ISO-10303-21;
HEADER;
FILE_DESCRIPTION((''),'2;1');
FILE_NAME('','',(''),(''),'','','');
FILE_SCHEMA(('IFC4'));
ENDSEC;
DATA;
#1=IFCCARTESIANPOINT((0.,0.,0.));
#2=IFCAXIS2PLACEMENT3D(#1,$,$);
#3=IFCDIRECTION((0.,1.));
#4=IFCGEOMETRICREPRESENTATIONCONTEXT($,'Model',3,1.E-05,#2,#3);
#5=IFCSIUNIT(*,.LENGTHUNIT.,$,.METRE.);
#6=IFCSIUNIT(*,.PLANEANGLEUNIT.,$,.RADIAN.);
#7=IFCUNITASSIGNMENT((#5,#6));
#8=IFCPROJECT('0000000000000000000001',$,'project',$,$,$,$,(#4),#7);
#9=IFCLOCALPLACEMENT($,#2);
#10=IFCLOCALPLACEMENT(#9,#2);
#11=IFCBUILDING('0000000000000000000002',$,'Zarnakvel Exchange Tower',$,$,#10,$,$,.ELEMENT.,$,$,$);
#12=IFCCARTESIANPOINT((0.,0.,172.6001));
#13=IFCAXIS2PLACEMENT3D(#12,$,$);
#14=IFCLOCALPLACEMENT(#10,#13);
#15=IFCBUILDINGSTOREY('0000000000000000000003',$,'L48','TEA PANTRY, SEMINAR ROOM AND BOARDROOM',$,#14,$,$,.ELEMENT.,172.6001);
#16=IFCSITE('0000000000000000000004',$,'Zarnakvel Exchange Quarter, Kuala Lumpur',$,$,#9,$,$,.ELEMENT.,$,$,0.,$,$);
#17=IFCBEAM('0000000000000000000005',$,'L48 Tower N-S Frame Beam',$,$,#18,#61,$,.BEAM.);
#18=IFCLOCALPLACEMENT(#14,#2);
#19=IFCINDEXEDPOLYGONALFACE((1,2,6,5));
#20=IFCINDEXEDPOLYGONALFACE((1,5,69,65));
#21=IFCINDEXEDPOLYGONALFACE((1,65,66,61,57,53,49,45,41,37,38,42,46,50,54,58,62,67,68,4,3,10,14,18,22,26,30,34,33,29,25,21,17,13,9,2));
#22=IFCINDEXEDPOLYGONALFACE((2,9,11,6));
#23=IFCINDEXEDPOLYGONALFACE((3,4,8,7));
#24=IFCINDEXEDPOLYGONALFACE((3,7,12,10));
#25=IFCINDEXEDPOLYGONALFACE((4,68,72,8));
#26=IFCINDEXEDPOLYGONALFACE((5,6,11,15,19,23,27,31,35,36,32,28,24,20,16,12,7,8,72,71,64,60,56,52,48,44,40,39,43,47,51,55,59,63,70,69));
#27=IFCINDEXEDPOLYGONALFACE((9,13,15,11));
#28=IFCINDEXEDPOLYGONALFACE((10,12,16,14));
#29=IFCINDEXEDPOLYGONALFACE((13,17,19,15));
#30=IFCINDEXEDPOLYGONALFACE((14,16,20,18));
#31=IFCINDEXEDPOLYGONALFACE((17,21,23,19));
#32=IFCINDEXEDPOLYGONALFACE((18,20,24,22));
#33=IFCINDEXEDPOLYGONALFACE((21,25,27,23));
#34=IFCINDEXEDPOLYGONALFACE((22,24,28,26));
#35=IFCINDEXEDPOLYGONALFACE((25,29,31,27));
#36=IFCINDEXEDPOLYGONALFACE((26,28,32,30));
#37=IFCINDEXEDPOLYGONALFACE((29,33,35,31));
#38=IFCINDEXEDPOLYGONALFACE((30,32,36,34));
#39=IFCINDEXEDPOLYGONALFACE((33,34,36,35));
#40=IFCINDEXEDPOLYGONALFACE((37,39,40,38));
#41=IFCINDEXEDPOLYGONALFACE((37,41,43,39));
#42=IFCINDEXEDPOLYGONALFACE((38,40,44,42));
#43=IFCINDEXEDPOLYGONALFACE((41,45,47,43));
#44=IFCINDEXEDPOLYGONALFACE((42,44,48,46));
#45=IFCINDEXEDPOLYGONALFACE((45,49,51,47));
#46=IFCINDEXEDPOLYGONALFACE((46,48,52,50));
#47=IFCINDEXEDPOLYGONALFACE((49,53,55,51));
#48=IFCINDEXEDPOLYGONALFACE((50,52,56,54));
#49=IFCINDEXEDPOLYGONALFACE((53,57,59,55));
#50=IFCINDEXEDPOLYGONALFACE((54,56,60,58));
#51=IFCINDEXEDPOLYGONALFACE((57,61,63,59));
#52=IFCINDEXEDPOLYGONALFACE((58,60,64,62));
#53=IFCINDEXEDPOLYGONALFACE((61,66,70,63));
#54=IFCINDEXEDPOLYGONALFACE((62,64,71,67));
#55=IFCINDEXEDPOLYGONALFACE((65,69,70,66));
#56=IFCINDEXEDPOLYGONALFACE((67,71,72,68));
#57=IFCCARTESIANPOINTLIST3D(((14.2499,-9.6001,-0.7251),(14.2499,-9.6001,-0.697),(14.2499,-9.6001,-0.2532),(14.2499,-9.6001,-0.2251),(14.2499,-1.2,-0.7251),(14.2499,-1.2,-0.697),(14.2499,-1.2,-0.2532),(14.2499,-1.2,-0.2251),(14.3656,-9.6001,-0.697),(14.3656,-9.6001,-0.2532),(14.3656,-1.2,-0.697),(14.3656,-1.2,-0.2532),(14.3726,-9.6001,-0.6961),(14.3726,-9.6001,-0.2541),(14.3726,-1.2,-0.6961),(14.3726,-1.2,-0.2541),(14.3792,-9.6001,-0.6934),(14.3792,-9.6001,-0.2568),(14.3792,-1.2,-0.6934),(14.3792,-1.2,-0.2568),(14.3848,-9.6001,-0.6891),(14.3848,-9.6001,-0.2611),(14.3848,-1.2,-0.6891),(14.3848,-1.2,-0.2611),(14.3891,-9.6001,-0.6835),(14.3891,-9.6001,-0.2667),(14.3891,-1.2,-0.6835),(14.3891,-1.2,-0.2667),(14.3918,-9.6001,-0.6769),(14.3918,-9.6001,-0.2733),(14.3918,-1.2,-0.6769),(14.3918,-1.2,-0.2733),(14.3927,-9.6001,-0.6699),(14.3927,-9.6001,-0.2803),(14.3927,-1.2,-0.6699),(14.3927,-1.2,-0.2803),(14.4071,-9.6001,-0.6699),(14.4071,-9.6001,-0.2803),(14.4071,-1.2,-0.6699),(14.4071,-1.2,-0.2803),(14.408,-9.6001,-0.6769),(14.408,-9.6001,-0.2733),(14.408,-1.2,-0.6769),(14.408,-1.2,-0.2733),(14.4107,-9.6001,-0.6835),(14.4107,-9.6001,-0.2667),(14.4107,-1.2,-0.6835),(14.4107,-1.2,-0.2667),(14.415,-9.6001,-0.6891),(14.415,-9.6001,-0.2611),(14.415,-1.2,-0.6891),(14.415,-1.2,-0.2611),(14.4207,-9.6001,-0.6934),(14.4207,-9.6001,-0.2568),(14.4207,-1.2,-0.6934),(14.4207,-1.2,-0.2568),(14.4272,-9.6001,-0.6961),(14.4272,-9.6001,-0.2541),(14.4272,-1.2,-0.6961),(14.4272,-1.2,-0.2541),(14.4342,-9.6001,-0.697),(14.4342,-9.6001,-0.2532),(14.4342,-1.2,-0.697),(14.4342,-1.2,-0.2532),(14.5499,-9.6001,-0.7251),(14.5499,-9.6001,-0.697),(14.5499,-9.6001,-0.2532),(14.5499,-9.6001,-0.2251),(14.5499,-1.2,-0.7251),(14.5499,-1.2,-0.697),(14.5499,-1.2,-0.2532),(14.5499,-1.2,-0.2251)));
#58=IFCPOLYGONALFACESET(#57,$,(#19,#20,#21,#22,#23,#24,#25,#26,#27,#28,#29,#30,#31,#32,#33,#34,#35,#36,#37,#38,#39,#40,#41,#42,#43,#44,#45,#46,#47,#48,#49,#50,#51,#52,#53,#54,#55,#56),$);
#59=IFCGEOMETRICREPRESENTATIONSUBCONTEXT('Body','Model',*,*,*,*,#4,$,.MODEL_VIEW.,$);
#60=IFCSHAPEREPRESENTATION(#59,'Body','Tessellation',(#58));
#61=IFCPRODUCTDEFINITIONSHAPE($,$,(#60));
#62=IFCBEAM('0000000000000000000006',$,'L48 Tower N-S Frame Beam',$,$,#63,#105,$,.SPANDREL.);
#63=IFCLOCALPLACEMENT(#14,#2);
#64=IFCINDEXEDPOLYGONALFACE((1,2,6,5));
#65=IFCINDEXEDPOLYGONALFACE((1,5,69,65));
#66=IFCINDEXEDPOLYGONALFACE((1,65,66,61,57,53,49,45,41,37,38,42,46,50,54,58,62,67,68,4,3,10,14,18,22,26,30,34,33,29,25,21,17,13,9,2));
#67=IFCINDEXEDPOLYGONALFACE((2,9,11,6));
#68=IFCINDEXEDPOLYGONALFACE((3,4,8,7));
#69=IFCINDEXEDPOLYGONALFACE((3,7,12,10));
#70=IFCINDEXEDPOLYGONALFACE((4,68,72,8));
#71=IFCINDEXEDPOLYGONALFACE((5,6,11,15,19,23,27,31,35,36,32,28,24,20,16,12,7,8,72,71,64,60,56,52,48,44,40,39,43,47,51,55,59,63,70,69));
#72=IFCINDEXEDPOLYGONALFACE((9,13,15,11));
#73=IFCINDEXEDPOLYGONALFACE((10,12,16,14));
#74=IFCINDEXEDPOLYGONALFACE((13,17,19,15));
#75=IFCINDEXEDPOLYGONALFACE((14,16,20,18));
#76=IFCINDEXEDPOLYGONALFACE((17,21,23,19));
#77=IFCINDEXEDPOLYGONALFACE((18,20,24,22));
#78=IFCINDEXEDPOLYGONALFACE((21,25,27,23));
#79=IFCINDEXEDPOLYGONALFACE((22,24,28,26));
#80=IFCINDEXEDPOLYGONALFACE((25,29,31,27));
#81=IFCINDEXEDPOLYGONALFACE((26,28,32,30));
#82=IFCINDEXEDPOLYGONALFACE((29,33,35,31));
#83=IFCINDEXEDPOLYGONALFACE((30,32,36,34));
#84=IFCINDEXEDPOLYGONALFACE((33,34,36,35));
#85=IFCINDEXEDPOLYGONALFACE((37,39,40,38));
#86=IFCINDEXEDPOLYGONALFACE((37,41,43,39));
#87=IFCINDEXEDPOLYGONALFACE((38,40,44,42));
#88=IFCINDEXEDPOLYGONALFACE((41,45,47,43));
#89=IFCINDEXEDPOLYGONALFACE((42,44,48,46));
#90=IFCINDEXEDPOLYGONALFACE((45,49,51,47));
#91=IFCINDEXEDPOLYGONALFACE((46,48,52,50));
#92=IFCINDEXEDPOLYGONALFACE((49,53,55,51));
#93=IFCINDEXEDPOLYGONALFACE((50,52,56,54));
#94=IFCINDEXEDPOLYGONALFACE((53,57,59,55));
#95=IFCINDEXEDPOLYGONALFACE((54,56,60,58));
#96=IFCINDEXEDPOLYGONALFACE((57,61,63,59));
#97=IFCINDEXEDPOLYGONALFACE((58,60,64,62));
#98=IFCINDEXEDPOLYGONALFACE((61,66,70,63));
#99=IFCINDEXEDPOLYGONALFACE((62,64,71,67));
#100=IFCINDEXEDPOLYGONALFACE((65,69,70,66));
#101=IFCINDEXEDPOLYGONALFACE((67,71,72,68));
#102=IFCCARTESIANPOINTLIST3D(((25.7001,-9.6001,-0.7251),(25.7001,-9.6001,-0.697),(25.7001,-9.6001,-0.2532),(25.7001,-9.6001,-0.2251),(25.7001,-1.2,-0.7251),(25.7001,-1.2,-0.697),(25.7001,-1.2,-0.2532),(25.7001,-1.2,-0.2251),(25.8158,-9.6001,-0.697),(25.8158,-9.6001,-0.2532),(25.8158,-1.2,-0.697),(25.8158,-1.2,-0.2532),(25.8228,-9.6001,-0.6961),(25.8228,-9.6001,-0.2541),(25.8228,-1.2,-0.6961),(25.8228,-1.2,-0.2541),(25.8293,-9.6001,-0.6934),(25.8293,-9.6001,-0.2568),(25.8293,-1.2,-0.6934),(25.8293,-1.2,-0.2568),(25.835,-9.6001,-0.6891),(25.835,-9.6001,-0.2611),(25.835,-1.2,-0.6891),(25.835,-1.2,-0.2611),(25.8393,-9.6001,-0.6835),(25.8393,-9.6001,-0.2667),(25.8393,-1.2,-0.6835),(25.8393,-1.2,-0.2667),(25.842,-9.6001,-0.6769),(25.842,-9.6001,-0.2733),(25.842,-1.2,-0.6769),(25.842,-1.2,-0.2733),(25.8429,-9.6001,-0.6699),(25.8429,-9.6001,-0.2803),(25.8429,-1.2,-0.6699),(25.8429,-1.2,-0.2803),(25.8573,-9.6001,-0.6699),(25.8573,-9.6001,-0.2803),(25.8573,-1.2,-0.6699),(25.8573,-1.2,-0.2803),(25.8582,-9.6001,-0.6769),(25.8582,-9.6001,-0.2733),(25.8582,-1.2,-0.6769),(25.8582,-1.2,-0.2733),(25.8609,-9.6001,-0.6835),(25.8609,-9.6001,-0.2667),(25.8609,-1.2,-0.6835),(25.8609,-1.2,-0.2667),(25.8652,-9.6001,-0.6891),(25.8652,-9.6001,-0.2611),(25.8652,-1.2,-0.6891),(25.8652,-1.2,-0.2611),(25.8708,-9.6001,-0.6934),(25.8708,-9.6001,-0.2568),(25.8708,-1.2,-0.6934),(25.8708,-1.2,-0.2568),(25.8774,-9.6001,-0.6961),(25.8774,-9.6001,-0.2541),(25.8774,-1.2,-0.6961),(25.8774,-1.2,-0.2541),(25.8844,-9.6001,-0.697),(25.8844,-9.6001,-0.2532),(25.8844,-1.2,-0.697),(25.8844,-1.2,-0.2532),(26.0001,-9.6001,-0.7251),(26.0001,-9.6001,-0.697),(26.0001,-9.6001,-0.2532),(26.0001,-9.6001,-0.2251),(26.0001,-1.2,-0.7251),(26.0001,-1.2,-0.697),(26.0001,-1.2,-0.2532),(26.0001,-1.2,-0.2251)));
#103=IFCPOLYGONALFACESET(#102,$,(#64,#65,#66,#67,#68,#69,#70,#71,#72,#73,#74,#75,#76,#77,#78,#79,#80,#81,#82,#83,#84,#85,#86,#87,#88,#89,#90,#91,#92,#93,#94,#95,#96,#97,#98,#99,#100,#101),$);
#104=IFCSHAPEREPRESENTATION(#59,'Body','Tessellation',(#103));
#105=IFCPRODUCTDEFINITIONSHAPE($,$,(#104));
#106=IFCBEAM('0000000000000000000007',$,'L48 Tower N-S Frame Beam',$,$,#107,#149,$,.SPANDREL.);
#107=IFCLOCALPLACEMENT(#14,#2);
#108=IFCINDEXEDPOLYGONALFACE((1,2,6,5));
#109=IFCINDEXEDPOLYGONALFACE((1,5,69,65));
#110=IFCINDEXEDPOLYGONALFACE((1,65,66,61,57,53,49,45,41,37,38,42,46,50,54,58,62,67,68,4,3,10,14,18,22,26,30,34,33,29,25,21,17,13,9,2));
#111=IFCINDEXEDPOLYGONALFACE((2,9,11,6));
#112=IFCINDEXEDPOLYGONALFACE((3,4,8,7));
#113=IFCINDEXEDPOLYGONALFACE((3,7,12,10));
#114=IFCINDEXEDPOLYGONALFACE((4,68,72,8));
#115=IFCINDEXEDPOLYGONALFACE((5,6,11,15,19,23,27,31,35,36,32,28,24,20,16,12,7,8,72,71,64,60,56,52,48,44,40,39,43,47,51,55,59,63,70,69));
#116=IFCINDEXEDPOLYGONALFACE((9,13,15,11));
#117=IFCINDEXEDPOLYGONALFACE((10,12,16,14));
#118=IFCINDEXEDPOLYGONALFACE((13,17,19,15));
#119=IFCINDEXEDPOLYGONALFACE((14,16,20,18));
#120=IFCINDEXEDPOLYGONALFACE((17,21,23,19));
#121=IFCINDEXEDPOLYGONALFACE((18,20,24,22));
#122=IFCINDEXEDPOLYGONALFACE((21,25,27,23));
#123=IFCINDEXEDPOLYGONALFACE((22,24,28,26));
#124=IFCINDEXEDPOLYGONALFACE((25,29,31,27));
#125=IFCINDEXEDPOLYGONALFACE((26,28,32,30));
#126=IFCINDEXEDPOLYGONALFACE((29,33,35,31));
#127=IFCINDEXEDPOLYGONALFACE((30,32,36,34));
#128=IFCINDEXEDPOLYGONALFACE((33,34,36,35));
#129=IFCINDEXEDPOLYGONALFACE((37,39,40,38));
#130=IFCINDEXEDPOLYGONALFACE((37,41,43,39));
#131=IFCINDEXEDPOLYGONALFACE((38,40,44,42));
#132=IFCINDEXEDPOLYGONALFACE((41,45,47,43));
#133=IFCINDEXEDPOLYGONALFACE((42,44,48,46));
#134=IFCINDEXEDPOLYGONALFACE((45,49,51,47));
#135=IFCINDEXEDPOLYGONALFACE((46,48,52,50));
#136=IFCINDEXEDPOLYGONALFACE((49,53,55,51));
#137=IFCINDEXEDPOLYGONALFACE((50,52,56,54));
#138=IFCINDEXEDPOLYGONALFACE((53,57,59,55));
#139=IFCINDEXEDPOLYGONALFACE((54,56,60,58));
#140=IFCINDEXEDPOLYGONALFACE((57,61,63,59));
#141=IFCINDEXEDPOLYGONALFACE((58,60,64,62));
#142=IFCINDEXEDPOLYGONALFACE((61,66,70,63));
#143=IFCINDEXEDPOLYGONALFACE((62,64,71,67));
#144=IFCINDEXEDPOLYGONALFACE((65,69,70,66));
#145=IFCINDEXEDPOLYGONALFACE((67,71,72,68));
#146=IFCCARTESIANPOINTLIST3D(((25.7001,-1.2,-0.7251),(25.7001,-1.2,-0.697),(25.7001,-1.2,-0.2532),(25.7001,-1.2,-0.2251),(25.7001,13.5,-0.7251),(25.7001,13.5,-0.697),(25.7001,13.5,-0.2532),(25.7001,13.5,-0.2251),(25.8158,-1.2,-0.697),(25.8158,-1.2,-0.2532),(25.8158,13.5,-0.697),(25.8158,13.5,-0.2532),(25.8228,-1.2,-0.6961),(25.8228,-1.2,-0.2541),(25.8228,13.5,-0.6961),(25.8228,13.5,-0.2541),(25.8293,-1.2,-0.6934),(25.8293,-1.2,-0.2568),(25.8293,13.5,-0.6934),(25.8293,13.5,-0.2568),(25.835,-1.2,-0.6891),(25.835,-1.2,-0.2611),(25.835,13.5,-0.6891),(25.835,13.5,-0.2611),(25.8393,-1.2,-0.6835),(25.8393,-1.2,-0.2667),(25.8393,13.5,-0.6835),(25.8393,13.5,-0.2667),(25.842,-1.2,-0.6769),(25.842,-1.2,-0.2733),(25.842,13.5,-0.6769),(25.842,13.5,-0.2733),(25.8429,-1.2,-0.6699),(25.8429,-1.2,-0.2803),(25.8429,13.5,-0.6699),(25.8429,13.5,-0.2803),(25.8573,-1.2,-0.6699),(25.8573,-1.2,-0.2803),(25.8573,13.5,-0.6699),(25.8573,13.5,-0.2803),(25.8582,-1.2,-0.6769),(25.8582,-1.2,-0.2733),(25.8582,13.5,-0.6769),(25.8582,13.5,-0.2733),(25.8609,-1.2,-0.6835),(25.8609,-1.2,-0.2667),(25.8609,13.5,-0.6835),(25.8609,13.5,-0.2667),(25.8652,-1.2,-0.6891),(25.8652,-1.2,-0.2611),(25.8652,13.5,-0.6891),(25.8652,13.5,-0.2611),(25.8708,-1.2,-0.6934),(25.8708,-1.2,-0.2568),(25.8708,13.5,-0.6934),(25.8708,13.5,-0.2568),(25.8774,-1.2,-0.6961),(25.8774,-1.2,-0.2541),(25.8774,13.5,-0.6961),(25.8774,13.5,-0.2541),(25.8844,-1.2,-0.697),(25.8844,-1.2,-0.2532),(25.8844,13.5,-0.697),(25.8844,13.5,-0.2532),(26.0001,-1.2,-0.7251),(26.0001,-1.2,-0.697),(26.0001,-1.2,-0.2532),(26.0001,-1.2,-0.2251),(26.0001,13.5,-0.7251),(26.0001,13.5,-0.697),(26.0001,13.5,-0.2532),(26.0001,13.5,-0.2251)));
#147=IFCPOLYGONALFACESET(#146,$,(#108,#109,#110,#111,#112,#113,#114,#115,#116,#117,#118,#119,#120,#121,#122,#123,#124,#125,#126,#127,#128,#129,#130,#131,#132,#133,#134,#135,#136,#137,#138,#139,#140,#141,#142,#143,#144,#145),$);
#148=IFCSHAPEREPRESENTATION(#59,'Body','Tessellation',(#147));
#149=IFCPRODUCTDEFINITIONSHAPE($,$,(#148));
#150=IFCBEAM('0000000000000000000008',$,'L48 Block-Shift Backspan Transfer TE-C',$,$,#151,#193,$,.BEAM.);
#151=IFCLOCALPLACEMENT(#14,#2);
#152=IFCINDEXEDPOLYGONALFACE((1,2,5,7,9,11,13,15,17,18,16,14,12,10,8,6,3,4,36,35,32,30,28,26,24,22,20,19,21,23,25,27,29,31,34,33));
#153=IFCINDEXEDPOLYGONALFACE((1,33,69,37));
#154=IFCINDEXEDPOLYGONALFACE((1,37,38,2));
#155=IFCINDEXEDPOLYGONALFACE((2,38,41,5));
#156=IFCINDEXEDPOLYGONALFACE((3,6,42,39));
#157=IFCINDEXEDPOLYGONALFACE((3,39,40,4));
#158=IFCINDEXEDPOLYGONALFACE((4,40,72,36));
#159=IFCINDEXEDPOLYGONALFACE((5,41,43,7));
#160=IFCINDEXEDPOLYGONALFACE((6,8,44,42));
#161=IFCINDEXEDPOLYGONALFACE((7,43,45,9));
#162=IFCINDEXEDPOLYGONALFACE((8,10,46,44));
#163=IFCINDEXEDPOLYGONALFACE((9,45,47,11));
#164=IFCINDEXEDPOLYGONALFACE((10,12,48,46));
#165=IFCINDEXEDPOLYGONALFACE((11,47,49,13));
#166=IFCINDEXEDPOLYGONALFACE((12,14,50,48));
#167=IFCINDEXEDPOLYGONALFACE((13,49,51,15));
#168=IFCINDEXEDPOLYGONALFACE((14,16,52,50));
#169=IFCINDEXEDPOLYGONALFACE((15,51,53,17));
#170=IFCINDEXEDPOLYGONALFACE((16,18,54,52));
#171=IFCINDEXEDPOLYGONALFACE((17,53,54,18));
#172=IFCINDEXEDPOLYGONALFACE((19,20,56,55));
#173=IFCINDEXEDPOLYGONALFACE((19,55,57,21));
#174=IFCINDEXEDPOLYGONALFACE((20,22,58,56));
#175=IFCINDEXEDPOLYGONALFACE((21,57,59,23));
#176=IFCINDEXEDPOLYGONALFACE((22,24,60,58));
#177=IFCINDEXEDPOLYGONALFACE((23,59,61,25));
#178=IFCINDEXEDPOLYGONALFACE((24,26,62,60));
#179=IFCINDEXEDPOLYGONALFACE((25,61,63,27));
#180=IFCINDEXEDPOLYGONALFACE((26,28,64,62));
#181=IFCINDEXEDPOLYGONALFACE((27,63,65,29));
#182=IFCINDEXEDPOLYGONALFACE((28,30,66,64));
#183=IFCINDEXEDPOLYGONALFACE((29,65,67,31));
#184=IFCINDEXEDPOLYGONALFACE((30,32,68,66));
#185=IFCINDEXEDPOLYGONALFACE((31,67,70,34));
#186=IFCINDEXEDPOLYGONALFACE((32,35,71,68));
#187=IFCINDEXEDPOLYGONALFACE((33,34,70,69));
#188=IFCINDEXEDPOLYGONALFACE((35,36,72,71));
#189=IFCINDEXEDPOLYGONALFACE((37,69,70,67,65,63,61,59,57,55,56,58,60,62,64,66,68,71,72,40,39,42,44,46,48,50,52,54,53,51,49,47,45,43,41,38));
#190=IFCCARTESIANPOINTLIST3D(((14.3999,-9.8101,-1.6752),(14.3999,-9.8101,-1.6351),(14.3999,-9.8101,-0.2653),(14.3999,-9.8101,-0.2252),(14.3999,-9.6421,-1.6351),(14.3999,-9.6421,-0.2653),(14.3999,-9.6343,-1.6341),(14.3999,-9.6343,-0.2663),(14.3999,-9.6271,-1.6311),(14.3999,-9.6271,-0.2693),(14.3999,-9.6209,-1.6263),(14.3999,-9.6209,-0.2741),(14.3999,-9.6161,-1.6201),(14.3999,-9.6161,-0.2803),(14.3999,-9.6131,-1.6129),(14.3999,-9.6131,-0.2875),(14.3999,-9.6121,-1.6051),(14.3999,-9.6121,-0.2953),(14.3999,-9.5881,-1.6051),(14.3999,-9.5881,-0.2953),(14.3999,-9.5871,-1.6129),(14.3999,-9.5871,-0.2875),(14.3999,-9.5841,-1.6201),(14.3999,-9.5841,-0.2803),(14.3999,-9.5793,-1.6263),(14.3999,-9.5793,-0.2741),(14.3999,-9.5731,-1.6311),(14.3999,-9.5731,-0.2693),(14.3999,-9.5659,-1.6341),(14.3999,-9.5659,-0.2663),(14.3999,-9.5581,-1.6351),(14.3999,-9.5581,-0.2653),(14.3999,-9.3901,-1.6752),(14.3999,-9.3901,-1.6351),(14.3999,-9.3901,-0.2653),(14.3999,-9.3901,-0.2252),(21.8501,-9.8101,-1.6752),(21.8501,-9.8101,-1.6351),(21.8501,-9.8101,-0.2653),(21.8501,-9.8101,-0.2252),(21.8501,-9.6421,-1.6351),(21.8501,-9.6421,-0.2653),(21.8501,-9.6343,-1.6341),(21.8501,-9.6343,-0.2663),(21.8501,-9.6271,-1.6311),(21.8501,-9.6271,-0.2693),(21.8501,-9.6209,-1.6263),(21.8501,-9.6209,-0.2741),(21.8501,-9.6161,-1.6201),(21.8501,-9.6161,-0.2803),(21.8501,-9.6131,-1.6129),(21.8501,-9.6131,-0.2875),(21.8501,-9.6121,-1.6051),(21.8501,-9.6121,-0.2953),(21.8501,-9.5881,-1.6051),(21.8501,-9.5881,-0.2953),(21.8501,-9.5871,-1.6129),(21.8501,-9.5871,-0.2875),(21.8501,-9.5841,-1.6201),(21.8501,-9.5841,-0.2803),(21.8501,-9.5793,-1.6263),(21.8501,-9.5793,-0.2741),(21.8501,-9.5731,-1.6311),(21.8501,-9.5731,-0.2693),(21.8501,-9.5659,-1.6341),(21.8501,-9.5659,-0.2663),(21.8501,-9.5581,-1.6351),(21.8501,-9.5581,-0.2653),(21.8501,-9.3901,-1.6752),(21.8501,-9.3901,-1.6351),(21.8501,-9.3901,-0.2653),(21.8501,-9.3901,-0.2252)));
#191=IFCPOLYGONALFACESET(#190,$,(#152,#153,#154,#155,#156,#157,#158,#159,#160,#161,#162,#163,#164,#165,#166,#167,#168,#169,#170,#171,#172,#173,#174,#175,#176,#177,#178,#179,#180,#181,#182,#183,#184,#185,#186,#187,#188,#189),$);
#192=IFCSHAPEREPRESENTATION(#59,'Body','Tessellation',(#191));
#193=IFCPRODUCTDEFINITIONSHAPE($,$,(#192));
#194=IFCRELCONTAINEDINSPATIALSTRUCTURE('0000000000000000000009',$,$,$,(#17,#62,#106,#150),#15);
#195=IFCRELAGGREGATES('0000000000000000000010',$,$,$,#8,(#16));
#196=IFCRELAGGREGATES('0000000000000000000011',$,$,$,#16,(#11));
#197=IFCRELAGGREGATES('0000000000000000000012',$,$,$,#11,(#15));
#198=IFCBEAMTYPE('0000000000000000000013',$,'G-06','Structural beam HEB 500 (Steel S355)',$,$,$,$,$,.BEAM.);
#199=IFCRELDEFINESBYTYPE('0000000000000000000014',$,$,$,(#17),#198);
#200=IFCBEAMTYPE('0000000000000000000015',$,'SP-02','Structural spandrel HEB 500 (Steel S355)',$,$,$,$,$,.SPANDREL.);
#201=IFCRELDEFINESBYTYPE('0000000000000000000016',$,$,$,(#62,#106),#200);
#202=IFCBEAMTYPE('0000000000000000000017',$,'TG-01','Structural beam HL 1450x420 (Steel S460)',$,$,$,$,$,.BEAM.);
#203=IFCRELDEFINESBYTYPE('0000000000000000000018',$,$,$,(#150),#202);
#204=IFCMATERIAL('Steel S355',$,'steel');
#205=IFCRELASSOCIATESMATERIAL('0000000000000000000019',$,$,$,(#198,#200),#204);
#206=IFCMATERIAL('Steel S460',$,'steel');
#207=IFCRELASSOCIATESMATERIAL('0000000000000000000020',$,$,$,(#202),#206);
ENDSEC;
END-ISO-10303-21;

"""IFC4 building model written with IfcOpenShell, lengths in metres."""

from ifc_helpers import new_model, si_unit, direction, frame, origin, origin_2d, place, context, subcontext, project, spatial, i_section, extrude, material, material_profile, profile_set, type_object, element, save


model = new_model("IFC4")

# Units and contexts
model_context = context("Model", 3, precision=1e-05, world=origin(), true_north=direction((0.0, 1.0)))
body_context = subcontext(model_context, "Body", "Model", "MODEL_VIEW")
ifc_project = project(units=[si_unit("LENGTHUNIT", "METRE"), si_unit("PLANEANGLEUNIT", "RADIAN")], contexts=[model_context])

# Site, building, storey
site_placement = place(None, origin())
site = spatial("IfcSite", under=ifc_project, at=site_placement, Name="Zarnakvel Exchange Quarter, Kuala Lumpur", CompositionType="ELEMENT", RefElevation=0.0)
building_placement = place(site_placement, origin())
building = spatial("IfcBuilding", under=site, at=building_placement, Name="Zarnakvel Exchange Tower", CompositionType="ELEMENT")
storey_placement = place(building_placement, frame((0.0, 0.0, 172.6001)))
storey = spatial("IfcBuildingStorey", under=building, at=storey_placement, Name="L48", Description="TEA PANTRY, SEMINAR ROOM AND BOARDROOM", CompositionType="ELEMENT", Elevation=172.6001)

# Shared definitions
ifc_material_1 = material(Name="Steel S355", Category="steel")

# Beams
ifc_material_profile_1 = material_profile(ifc_material_1, i_section(OverallWidth=0.3, OverallDepth=0.5, WebThickness=0.0144, FlangeThickness=0.0281, FilletRadius=0.0271, at=origin_2d()))
ifc_profile_set_1 = profile_set([ifc_material_profile_1], Name="Steel S355")
beam_type_1 = type_object("IfcBeamType", Name="G-06", Description="Structural beam HEB 500 (Steel S355)", PredefinedType="BEAM", material=ifc_profile_set_1)
beam_1_placement = place(storey_placement, frame((14.3999, -9.6001, -0.4751), z_axis=(0.0, 1.0, 0.0), x_axis=(-1.0, 0.0, 0.0)))
element("IfcBeam", 1, at=beam_1_placement, inside=storey, type_object=beam_type_1, Name="L48 Tower N-S Frame Beam", PredefinedType="BEAM", context=body_context, shape_type="SweptSolid", body=[
    extrude(i_section(OverallWidth=0.3, OverallDepth=0.5, WebThickness=0.0144, FlangeThickness=0.0281, FilletRadius=0.0271, at=origin_2d()), origin(), (0.0, 0.0, 1.0), 8.4001),
])
ifc_material_profile_2 = material_profile(ifc_material_1, i_section(OverallWidth=0.3, OverallDepth=0.5, WebThickness=0.0144, FlangeThickness=0.0281, FilletRadius=0.0271, at=origin_2d()))
ifc_profile_set_2 = profile_set([ifc_material_profile_2], Name="Steel S355")
beam_type_2 = type_object("IfcBeamType", Name="SP-02", Description="Structural spandrel HEB 500 (Steel S355)", PredefinedType="SPANDREL", material=ifc_profile_set_2)
beam_2_placement = place(storey_placement, frame((25.8501, -9.6001, -0.4751), z_axis=(0.0, 1.0, 0.0), x_axis=(-1.0, 0.0, 0.0)))
element("IfcBeam", 2, at=beam_2_placement, inside=storey, type_object=beam_type_2, Name="L48 Tower N-S Frame Beam", PredefinedType="SPANDREL", context=body_context, shape_type="SweptSolid", body=[
    extrude(i_section(OverallWidth=0.3, OverallDepth=0.5, WebThickness=0.0144, FlangeThickness=0.0281, FilletRadius=0.0271, at=origin_2d()), origin(), (0.0, 0.0, 1.0), 8.4001),
])
beam_3_placement = place(storey_placement, frame((25.8501, -1.2, -0.4751), z_axis=(0.0, 1.0, 0.0), x_axis=(-1.0, 0.0, 0.0)))
element("IfcBeam", 3, at=beam_3_placement, inside=storey, type_object=beam_type_2, Name="L48 Tower N-S Frame Beam", PredefinedType="SPANDREL", context=body_context, shape_type="SweptSolid", body=[
    extrude(i_section(OverallWidth=0.3, OverallDepth=0.5, WebThickness=0.0144, FlangeThickness=0.0281, FilletRadius=0.0271, at=origin_2d()), origin(), (0.0, 0.0, 1.0), 14.7),
])
ifc_material_2 = material(Name="Steel S460", Category="steel")
ifc_material_profile_3 = material_profile(ifc_material_2, i_section(OverallWidth=0.4199, OverallDepth=1.45, WebThickness=0.0239, FlangeThickness=0.04, FilletRadius=0.03, at=origin_2d()))
ifc_profile_set_3 = profile_set([ifc_material_profile_3], Name="Steel S460")
beam_type_3 = type_object("IfcBeamType", Name="TG-01", Description="Structural beam HL 1450x420 (Steel S460)", PredefinedType="BEAM", material=ifc_profile_set_3)
beam_4_placement = place(storey_placement, frame((14.3999, -9.6001, -0.9502), z_axis=(1.0, 0.0, 0.0), x_axis=(0.0, 1.0, 0.0)))
element("IfcBeam", 4, at=beam_4_placement, inside=storey, type_object=beam_type_3, Name="L48 Block-Shift Backspan Transfer TE-C", PredefinedType="BEAM", context=body_context, shape_type="SweptSolid", body=[
    extrude(i_section(OverallWidth=0.4199, OverallDepth=1.45, WebThickness=0.0239, FlangeThickness=0.04, FilletRadius=0.03, at=origin_2d()), origin(), (0.0, 0.0, 1.0), 7.4502),
])

save(model, "model.ifc")
